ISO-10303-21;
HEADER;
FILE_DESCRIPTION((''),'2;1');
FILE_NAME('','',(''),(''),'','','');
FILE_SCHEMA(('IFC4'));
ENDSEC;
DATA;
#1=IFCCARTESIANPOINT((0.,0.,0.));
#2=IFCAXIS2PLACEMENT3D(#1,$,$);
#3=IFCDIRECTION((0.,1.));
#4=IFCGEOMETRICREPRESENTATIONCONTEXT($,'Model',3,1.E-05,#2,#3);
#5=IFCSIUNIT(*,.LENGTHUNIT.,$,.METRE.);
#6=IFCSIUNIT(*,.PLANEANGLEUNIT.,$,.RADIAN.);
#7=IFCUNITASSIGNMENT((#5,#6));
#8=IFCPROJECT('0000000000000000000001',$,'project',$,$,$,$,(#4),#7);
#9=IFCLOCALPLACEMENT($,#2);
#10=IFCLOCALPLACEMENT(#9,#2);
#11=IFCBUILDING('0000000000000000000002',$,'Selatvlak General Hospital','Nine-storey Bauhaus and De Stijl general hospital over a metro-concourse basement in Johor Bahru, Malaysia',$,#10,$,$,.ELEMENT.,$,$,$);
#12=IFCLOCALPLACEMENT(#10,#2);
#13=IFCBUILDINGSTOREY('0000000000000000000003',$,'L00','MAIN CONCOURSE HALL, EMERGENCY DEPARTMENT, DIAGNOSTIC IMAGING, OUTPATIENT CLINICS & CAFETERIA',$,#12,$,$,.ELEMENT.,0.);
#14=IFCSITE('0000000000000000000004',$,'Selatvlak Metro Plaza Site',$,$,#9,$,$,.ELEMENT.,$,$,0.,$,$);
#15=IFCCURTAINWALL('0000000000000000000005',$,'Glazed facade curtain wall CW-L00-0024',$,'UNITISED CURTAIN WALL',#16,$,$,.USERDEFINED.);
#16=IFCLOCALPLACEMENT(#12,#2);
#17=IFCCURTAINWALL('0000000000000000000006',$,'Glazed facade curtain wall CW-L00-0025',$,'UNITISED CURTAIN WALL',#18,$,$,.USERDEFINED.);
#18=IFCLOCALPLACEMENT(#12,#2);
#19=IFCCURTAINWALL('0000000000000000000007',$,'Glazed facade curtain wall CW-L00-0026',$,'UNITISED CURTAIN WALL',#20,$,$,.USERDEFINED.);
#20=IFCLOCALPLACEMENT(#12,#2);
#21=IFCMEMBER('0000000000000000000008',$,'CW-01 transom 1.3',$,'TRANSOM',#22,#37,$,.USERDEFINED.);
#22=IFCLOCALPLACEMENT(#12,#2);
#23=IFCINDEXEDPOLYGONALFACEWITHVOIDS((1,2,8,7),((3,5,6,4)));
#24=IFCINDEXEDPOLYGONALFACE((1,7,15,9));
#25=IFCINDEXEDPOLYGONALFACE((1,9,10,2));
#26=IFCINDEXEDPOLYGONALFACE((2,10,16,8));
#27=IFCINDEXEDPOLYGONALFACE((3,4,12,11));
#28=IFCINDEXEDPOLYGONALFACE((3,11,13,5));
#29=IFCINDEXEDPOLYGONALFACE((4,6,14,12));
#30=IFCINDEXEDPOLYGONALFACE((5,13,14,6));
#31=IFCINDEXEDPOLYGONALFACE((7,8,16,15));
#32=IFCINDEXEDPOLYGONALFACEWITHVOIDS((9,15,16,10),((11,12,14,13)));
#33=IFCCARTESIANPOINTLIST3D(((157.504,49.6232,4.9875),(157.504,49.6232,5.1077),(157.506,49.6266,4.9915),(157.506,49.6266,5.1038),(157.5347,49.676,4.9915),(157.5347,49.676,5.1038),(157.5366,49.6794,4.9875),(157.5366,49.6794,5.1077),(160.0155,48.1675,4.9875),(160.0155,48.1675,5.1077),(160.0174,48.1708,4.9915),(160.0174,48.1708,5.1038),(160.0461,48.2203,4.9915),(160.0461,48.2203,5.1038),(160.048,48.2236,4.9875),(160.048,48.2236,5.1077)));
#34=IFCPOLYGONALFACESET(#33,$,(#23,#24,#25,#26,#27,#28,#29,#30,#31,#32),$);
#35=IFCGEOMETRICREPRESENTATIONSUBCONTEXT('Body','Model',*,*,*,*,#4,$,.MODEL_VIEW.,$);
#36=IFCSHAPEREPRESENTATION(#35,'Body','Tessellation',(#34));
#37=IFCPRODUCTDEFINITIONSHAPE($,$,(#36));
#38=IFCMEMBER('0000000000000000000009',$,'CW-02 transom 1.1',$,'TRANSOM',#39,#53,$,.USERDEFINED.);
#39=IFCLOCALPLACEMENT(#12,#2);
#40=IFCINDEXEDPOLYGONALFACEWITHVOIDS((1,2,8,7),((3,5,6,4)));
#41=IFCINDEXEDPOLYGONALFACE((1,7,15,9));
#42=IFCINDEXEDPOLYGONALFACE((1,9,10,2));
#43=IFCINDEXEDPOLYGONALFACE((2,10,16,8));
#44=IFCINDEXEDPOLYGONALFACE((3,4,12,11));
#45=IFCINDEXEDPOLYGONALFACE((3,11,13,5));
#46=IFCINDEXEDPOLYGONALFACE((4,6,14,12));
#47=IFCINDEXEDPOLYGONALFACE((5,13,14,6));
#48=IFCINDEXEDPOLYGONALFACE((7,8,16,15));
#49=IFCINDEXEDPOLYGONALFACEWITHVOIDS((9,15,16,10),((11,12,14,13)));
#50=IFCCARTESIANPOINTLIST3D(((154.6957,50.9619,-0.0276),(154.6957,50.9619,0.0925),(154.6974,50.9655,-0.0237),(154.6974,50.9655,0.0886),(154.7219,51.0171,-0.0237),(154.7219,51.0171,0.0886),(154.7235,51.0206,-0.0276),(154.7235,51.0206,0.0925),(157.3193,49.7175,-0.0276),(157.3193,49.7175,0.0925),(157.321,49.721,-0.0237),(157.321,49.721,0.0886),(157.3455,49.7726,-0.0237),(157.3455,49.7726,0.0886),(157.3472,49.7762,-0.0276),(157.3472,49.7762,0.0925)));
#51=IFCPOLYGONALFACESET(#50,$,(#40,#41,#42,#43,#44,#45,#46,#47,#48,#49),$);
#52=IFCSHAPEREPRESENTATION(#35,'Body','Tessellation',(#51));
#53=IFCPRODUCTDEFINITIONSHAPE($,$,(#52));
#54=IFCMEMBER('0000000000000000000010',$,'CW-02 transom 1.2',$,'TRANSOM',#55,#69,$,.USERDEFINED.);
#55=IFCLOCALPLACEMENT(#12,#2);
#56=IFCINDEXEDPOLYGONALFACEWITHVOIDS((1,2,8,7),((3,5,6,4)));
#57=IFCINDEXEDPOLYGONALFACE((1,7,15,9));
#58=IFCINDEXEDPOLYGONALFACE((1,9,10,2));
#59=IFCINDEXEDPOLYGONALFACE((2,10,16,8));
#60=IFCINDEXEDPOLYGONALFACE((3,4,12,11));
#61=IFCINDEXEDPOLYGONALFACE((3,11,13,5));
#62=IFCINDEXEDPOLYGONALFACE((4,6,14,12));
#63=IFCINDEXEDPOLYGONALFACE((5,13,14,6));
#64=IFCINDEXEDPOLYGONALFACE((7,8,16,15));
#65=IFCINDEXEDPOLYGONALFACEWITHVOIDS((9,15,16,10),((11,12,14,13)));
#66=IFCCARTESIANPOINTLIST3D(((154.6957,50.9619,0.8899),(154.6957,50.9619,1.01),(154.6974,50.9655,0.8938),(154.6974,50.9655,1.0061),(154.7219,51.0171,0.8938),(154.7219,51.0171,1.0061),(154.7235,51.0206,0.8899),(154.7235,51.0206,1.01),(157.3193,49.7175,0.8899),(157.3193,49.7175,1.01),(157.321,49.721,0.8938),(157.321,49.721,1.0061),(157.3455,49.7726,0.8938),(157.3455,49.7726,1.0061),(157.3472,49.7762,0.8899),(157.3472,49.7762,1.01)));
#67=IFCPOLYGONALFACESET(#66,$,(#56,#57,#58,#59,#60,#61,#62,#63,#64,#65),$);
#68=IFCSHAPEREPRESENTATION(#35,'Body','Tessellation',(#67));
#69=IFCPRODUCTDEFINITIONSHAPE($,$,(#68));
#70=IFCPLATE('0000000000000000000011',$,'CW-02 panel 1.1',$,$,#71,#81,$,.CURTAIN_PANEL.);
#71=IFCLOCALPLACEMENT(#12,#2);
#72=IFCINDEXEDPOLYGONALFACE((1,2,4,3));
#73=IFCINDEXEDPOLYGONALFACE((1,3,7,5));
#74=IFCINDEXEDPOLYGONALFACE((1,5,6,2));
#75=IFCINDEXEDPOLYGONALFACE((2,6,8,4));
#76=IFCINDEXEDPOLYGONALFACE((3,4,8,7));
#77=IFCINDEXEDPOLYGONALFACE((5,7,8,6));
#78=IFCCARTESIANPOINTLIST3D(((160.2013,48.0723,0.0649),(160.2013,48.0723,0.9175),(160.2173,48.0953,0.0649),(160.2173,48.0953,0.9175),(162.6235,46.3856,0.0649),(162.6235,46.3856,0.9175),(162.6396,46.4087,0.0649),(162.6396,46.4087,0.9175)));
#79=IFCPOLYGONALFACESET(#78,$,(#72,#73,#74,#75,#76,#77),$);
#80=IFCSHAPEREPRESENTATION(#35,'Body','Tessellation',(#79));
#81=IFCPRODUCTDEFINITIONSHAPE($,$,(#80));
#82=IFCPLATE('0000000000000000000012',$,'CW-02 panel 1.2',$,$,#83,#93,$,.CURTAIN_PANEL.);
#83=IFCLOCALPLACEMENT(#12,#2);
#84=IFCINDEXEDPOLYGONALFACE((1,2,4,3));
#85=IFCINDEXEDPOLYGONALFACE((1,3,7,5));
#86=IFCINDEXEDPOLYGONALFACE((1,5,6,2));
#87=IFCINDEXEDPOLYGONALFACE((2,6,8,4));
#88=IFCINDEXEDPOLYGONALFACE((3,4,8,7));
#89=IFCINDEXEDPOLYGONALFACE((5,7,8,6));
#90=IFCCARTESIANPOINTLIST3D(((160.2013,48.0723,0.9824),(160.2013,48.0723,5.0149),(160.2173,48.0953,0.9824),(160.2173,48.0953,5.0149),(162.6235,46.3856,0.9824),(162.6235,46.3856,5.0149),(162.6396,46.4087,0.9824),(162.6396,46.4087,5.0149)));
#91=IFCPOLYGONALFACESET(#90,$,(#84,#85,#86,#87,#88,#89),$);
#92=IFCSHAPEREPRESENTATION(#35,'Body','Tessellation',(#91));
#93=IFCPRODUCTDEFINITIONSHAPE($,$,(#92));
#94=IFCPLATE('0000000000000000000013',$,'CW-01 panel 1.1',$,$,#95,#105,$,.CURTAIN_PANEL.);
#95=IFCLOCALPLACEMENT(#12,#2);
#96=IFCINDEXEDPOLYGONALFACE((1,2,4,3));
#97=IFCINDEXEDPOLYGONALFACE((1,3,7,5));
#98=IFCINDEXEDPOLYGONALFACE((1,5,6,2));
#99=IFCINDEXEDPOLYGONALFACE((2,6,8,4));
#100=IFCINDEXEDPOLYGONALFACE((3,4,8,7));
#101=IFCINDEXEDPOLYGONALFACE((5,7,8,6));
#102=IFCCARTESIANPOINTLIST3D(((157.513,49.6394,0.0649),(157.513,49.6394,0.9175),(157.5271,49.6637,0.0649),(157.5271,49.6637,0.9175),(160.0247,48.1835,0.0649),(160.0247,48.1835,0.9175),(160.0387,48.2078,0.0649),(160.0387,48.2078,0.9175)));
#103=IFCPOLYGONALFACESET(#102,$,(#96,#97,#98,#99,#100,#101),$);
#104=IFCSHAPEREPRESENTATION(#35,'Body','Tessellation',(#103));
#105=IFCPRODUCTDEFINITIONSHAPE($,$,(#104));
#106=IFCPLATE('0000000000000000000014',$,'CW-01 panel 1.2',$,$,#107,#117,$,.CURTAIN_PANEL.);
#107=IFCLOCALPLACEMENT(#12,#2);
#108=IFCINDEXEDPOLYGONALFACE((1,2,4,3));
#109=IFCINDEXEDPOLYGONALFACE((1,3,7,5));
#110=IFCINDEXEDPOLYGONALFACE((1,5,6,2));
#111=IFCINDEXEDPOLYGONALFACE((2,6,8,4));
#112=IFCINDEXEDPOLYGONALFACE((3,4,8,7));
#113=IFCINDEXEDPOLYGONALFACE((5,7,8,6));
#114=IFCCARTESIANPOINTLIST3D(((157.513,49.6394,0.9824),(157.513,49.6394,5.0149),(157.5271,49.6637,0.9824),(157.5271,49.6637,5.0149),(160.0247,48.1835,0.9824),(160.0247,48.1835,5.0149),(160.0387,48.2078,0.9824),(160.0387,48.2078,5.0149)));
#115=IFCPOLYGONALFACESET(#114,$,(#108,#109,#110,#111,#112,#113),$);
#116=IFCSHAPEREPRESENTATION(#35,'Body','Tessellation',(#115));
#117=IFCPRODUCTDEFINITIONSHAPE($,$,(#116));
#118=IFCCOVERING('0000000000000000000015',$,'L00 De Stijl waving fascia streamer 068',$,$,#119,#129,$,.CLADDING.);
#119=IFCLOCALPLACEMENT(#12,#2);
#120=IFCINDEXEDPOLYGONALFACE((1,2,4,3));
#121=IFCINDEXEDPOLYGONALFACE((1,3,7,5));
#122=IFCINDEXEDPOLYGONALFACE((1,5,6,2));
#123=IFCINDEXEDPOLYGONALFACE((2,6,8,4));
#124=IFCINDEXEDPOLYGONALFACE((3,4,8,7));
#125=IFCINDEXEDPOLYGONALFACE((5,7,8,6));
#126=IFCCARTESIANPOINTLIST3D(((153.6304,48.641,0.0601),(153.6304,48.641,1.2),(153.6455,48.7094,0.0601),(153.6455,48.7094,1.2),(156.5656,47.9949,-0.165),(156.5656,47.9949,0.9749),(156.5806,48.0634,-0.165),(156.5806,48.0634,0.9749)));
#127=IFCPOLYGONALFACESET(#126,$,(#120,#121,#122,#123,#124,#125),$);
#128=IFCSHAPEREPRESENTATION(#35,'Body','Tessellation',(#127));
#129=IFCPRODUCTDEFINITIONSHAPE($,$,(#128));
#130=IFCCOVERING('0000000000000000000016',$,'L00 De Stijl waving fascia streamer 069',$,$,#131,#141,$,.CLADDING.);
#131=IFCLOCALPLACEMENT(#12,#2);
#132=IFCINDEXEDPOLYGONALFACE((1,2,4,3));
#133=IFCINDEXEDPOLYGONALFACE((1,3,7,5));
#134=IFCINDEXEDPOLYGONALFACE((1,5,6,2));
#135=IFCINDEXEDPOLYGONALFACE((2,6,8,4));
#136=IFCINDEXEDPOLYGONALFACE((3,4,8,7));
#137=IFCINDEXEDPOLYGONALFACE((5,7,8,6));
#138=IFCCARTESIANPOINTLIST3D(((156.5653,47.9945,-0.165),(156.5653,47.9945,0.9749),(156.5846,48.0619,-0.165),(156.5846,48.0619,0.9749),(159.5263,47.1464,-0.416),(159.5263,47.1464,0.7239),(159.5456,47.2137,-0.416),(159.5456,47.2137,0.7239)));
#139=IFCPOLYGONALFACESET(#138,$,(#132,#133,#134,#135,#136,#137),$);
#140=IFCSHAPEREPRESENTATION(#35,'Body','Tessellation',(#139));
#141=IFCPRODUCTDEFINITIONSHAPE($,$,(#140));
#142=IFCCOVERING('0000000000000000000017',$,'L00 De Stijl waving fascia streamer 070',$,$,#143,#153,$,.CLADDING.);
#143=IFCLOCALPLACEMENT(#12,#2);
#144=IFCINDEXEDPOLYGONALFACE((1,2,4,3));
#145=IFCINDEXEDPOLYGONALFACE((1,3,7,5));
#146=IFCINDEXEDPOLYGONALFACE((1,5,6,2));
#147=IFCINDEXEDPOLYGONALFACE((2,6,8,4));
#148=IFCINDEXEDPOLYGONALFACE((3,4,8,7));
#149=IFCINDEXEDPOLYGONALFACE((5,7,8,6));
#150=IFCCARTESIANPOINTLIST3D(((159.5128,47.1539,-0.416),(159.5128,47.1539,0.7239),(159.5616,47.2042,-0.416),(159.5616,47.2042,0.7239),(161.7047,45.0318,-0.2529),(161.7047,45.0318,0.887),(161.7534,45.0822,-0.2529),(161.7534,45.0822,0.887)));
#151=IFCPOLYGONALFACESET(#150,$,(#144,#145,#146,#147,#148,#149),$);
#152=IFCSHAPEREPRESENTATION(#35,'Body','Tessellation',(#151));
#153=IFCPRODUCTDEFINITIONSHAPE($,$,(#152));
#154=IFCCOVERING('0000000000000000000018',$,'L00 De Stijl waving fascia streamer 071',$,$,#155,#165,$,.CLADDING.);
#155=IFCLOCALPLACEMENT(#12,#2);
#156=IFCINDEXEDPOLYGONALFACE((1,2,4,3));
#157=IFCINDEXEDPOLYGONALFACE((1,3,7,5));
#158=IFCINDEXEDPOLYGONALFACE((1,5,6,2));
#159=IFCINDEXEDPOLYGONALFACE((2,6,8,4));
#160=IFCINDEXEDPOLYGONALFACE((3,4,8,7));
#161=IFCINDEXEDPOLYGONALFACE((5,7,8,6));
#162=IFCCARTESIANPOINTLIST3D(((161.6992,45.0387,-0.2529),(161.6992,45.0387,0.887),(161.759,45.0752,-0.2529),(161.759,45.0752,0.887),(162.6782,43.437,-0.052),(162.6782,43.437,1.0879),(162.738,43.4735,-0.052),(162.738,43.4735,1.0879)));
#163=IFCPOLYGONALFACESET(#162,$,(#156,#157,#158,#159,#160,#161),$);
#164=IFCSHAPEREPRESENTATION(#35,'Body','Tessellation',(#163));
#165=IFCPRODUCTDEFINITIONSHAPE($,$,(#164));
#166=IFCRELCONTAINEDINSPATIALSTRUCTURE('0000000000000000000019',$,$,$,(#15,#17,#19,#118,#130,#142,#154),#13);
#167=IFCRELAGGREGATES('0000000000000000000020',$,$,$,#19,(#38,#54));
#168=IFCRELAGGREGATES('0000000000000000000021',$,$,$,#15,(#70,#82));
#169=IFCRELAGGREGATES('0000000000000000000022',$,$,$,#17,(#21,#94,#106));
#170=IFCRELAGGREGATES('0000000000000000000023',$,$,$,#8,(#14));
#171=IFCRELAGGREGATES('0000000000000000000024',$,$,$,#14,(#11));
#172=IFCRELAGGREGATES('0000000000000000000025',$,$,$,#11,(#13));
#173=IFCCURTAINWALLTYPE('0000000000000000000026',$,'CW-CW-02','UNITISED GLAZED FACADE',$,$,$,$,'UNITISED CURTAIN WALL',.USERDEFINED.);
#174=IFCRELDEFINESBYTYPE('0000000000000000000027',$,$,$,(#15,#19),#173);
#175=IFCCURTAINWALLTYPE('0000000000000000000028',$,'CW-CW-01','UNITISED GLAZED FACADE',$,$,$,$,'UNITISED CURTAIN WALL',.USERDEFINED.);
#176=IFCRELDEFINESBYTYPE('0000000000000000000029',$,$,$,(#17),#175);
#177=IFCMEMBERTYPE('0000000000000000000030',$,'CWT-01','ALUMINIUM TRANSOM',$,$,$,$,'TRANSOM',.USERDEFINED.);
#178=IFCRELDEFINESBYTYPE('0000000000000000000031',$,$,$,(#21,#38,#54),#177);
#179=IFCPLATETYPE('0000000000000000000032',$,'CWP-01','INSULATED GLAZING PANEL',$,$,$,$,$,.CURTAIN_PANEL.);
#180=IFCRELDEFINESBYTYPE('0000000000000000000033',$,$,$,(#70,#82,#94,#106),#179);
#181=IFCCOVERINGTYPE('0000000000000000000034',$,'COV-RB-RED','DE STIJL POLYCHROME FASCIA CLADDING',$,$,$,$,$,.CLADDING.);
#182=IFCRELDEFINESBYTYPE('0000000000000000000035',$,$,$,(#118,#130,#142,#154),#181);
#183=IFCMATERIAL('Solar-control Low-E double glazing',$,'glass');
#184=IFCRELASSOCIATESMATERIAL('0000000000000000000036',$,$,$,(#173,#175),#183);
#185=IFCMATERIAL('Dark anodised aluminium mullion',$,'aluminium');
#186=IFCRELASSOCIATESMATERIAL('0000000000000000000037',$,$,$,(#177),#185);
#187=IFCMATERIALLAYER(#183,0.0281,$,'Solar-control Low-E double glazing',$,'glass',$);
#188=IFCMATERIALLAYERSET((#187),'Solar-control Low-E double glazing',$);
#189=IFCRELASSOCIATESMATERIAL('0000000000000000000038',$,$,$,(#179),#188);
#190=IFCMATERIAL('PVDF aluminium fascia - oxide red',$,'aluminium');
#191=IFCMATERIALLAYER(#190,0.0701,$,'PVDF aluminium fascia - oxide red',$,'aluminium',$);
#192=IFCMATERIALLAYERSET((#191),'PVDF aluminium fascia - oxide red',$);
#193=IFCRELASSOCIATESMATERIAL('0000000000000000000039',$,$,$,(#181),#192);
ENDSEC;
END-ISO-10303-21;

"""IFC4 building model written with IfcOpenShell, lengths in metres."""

from ifc_helpers import new_model, si_unit, direction, frame, origin, origin_2d, place, context, subcontext, project, spatial, polyline, rectangle, hollow_rectangle, outline, extrude, material, layer, layer_set, material_profile, profile_set, type_object, element, aggregate, save


model = new_model("IFC4")

# Units and contexts
model_context = context("Model", 3, precision=1e-05, world=origin(), true_north=direction((0.0, 1.0)))
body_context = subcontext(model_context, "Body", "Model", "MODEL_VIEW")
ifc_project = project(units=[si_unit("LENGTHUNIT", "METRE"), si_unit("PLANEANGLEUNIT", "RADIAN")], contexts=[model_context])

# Site, building, storey
site_placement = place(None, origin())
site = spatial("IfcSite", under=ifc_project, at=site_placement, Name="Selatvlak Metro Plaza Site", CompositionType="ELEMENT", RefElevation=0.0)
building_placement = place(site_placement, origin())
building = spatial("IfcBuilding", under=site, at=building_placement, Name="Selatvlak General Hospital", Description="Nine-storey Bauhaus and De Stijl general hospital over a metro-concourse basement in Johor Bahru, Malaysia", CompositionType="ELEMENT")
storey_placement = place(building_placement, origin())
storey = spatial("IfcBuildingStorey", under=building, at=storey_placement, Name="L00", Description="MAIN CONCOURSE HALL, EMERGENCY DEPARTMENT, DIAGNOSTIC IMAGING, OUTPATIENT CLINICS & CAFETERIA", CompositionType="ELEMENT", Elevation=0.0)

# Curtain wall
ifc_material_1 = material(Name="Solar-control Low-E double glazing", Category="glass")
curtain_wall_type_1 = type_object("IfcCurtainWallType", Name="CW-CW-02", Description="UNITISED GLAZED FACADE", ElementType="UNITISED CURTAIN WALL", PredefinedType="USERDEFINED", material=ifc_material_1)
curtain_wall_1_placement = place(storey_placement, origin())
curtain_wall_1 = element("IfcCurtainWall", 1, at=curtain_wall_1_placement, inside=storey, type_object=curtain_wall_type_1, Name="Glazed facade curtain wall CW-L00-0024", ObjectType="UNITISED CURTAIN WALL", PredefinedType="USERDEFINED")
ifc_material_2 = material(Name="Dark anodised aluminium mullion", Category="aluminium")

# Curtain wall
curtain_wall_type_2 = type_object("IfcCurtainWallType", Name="CW-CW-01", Description="UNITISED GLAZED FACADE", ElementType="UNITISED CURTAIN WALL", PredefinedType="USERDEFINED", material=ifc_material_1)
curtain_wall_2_placement = place(storey_placement, origin())
curtain_wall_2 = element("IfcCurtainWall", 2, at=curtain_wall_2_placement, inside=storey, type_object=curtain_wall_type_2, Name="Glazed facade curtain wall CW-L00-0025", ObjectType="UNITISED CURTAIN WALL", PredefinedType="USERDEFINED")

# Curtain wall
curtain_wall_3_placement = place(storey_placement, origin())
curtain_wall_3 = element("IfcCurtainWall", 3, at=curtain_wall_3_placement, inside=storey, type_object=curtain_wall_type_1, Name="Glazed facade curtain wall CW-L00-0026", ObjectType="UNITISED CURTAIN WALL", PredefinedType="USERDEFINED")

# Members
ifc_material_profile_1 = material_profile(ifc_material_2, hollow_rectangle(XDim=0.0649, YDim=0.1201, WallThickness=0.0039, at=origin_2d()), Name="AL-TRN 65x120x4")
ifc_profile_set_1 = profile_set([ifc_material_profile_1], Name="Dark anodised aluminium mullion")
member_type_1 = type_object("IfcMemberType", Name="CWT-01", Description="ALUMINIUM TRANSOM", ElementType="TRANSOM", PredefinedType="USERDEFINED", material=ifc_profile_set_1)
member_1_placement = place(storey_placement, frame((160.0317, 48.1956, 5.0476), z_axis=(-0.865157, 0.5015, 0.0), x_axis=(-0.5015, -0.865157, 0.0)))
member_1 = element("IfcMember", 4, at=member_1_placement, type_object=member_type_1, Name="CW-01 transom 1.3", ObjectType="TRANSOM", PredefinedType="USERDEFINED", context=body_context, shape_type="SweptSolid", body=[
    extrude(hollow_rectangle(XDim=0.0649, YDim=0.1201, WallThickness=0.0039, at=origin_2d()), origin(), (0.0, 0.0, 1.0), 2.9028),
])
member_2_placement = place(storey_placement, frame((157.3333, 49.7468, 0.0325), z_axis=(-0.903517, 0.428553, 0.0), x_axis=(-0.428553, -0.903517, 0.0)))
member_2 = element("IfcMember", 5, at=member_2_placement, type_object=member_type_1, Name="CW-02 transom 1.1", ObjectType="TRANSOM", PredefinedType="USERDEFINED", context=body_context, shape_type="SweptSolid", body=[
    extrude(hollow_rectangle(XDim=0.0649, YDim=0.1201, WallThickness=0.0039, at=origin_2d()), origin(), (0.0, 0.0, 1.0), 2.9038),
])
member_3_placement = place(storey_placement, frame((157.3333, 49.7468, 0.95), z_axis=(-0.903517, 0.428553, 0.0), x_axis=(-0.428553, -0.903517, 0.0)))
member_3 = element("IfcMember", 6, at=member_3_placement, type_object=member_type_1, Name="CW-02 transom 1.2", ObjectType="TRANSOM", PredefinedType="USERDEFINED", context=body_context, shape_type="SweptSolid", body=[
    extrude(hollow_rectangle(XDim=0.0649, YDim=0.1201, WallThickness=0.0039, at=origin_2d()), origin(), (0.0, 0.0, 1.0), 2.9038),
])
aggregate(curtain_wall_3, [member_2, member_3])

# Plates
ifc_layer_1 = layer(ifc_material_1, 0.0281, Name="Solar-control Low-E double glazing", Category="glass")
ifc_layer_set_1 = layer_set([ifc_layer_1], Name="Solar-control Low-E double glazing")
plate_type = type_object("IfcPlateType", Name="CWP-01", Description="INSULATED GLAZING PANEL", PredefinedType="CURTAIN_PANEL", material=ifc_layer_set_1)
plate_1_placement = place(storey_placement, frame((161.4204, 47.2405, 0.0649), z_axis=(0.0, 0.0, 1.0), x_axis=(-0.820647, 0.571435, 0.0)))
plate_1 = element("IfcPlate", 7, at=plate_1_placement, type_object=plate_type, Name="CW-02 panel 1.1", PredefinedType="CURTAIN_PANEL", context=body_context, shape_type="SweptSolid", body=[
    extrude(rectangle(XDim=2.9517, YDim=0.0281, at=origin_2d()), origin(), (0.0, 0.0, 1.0), 0.8525),
])
plate_2_placement = place(storey_placement, frame((161.4204, 47.2405, 0.9824), z_axis=(0.0, 0.0, 1.0), x_axis=(-0.820647, 0.571435, 0.0)))
plate_2 = element("IfcPlate", 8, at=plate_2_placement, type_object=plate_type, Name="CW-02 panel 1.2", PredefinedType="CURTAIN_PANEL", context=body_context, shape_type="SweptSolid", body=[
    extrude(rectangle(XDim=2.9517, YDim=0.0281, at=origin_2d()), origin(), (0.0, 0.0, 1.0), 4.0325),
])
aggregate(curtain_wall_1, [plate_1, plate_2])
plate_3_placement = place(storey_placement, frame((158.7759, 48.9236, 0.0649), z_axis=(0.0, 0.0, 1.0), x_axis=(-0.865163, 0.501491, 0.0)))
plate_3 = element("IfcPlate", 9, at=plate_3_placement, type_object=plate_type, Name="CW-01 panel 1.1", PredefinedType="CURTAIN_PANEL", context=body_context, shape_type="SweptSolid", body=[
    extrude(rectangle(XDim=2.9031, YDim=0.0281, at=origin_2d()), origin(), (0.0, 0.0, 1.0), 0.8525),
])
plate_4_placement = place(storey_placement, frame((158.7759, 48.9236, 0.9824), z_axis=(0.0, 0.0, 1.0), x_axis=(-0.865163, 0.501491, 0.0)))
plate_4 = element("IfcPlate", 10, at=plate_4_placement, type_object=plate_type, Name="CW-01 panel 1.2", PredefinedType="CURTAIN_PANEL", context=body_context, shape_type="SweptSolid", body=[
    extrude(rectangle(XDim=2.9031, YDim=0.0281, at=origin_2d()), origin(), (0.0, 0.0, 1.0), 4.0325),
])
aggregate(curtain_wall_2, [member_1, plate_3, plate_4])

# Coverings
ifc_material_3 = material(Name="PVDF aluminium fascia - oxide red", Category="aluminium")
ifc_layer_2 = layer(ifc_material_3, 0.0701, Name="PVDF aluminium fascia - oxide red", Category="aluminium")
ifc_layer_set_2 = layer_set([ifc_layer_2], Name="PVDF aluminium fascia - oxide red")
covering_type = type_object("IfcCoveringType", Name="COV-RB-RED", Description="DE STIJL POLYCHROME FASCIA CLADDING", PredefinedType="CLADDING", material=ifc_layer_set_2)
covering_1_placement = place(storey_placement, frame((153.6379, 48.675, 0.0601), z_axis=(0.0, 0.0, 1.0), x_axis=(0.976625, -0.214952, 0.0)))
element("IfcCovering", 11, at=covering_1_placement, inside=storey, type_object=covering_type, Name="L00 De Stijl waving fascia streamer 068", PredefinedType="CLADDING", context=body_context, shape_type="SweptSolid", body=[
    extrude(outline(polyline([(0.0, 0.0), (3.0054, -0.2251), (3.0054, 0.9148), (0.0, 1.1399), (0.0, 0.0)])), frame((0.0, 0.0352, 0.0), z_axis=(0.0, -1.0, 0.0), x_axis=(1.0, 0.0, 0.0)), (0.0, 0.0, 1.0), 0.0701),
])
covering_2_placement = place(storey_placement, frame((156.575, 48.0281, -0.165), z_axis=(0.0, 0.0, 1.0), x_axis=(0.961338, -0.27537, 0.0)))
element("IfcCovering", 12, at=covering_2_placement, inside=storey, type_object=covering_type, Name="L00 De Stijl waving fascia streamer 069", PredefinedType="CLADDING", context=body_context, shape_type="SweptSolid", body=[
    extrude(outline(polyline([(0.0, 0.0), (3.0801, -0.251), (3.0801, 0.8889), (0.0, 1.1399), (0.0, 0.0)])), frame((0.0, 0.0352, 0.0), z_axis=(0.0, -1.0, 0.0), x_axis=(1.0, 0.0, 0.0)), (0.0, 0.0, 1.0), 0.0701),
])
covering_3_placement = place(storey_placement, frame((159.5371, 47.179, -0.416), z_axis=(0.0, 0.0, 1.0), x_axis=(0.718458, -0.695571, 0.0)))
element("IfcCovering", 13, at=covering_3_placement, inside=storey, type_object=covering_type, Name="L00 De Stijl waving fascia streamer 070", PredefinedType="CLADDING", context=body_context, shape_type="SweptSolid", body=[
    extrude(outline(polyline([(0.0, 0.0), (3.0508, 0.1631), (3.0508, 1.303), (0.0, 1.1399), (0.0, 0.0)])), frame((0.0, 0.0352, 0.0), z_axis=(0.0, -1.0, 0.0), x_axis=(1.0, 0.0, 0.0)), (0.0, 0.0, 1.0), 0.0701),
])
covering_4_placement = place(storey_placement, frame((161.729, 45.0569, -0.2529), z_axis=(0.0, 0.0, 1.0), x_axis=(0.521497, -0.853253, 0.0)))
element("IfcCovering", 14, at=covering_4_placement, inside=storey, type_object=covering_type, Name="L00 De Stijl waving fascia streamer 071", PredefinedType="CLADDING", context=body_context, shape_type="SweptSolid", body=[
    extrude(outline(polyline([(0.0, 0.0), (1.8772, 0.2009), (1.8772, 1.3408), (0.0, 1.1399), (0.0, 0.0)])), frame((0.0, 0.0352, 0.0), z_axis=(0.0, -1.0, 0.0), x_axis=(1.0, 0.0, 0.0)), (0.0, 0.0, 1.0), 0.0701),
])

save(model, "model.ifc")
